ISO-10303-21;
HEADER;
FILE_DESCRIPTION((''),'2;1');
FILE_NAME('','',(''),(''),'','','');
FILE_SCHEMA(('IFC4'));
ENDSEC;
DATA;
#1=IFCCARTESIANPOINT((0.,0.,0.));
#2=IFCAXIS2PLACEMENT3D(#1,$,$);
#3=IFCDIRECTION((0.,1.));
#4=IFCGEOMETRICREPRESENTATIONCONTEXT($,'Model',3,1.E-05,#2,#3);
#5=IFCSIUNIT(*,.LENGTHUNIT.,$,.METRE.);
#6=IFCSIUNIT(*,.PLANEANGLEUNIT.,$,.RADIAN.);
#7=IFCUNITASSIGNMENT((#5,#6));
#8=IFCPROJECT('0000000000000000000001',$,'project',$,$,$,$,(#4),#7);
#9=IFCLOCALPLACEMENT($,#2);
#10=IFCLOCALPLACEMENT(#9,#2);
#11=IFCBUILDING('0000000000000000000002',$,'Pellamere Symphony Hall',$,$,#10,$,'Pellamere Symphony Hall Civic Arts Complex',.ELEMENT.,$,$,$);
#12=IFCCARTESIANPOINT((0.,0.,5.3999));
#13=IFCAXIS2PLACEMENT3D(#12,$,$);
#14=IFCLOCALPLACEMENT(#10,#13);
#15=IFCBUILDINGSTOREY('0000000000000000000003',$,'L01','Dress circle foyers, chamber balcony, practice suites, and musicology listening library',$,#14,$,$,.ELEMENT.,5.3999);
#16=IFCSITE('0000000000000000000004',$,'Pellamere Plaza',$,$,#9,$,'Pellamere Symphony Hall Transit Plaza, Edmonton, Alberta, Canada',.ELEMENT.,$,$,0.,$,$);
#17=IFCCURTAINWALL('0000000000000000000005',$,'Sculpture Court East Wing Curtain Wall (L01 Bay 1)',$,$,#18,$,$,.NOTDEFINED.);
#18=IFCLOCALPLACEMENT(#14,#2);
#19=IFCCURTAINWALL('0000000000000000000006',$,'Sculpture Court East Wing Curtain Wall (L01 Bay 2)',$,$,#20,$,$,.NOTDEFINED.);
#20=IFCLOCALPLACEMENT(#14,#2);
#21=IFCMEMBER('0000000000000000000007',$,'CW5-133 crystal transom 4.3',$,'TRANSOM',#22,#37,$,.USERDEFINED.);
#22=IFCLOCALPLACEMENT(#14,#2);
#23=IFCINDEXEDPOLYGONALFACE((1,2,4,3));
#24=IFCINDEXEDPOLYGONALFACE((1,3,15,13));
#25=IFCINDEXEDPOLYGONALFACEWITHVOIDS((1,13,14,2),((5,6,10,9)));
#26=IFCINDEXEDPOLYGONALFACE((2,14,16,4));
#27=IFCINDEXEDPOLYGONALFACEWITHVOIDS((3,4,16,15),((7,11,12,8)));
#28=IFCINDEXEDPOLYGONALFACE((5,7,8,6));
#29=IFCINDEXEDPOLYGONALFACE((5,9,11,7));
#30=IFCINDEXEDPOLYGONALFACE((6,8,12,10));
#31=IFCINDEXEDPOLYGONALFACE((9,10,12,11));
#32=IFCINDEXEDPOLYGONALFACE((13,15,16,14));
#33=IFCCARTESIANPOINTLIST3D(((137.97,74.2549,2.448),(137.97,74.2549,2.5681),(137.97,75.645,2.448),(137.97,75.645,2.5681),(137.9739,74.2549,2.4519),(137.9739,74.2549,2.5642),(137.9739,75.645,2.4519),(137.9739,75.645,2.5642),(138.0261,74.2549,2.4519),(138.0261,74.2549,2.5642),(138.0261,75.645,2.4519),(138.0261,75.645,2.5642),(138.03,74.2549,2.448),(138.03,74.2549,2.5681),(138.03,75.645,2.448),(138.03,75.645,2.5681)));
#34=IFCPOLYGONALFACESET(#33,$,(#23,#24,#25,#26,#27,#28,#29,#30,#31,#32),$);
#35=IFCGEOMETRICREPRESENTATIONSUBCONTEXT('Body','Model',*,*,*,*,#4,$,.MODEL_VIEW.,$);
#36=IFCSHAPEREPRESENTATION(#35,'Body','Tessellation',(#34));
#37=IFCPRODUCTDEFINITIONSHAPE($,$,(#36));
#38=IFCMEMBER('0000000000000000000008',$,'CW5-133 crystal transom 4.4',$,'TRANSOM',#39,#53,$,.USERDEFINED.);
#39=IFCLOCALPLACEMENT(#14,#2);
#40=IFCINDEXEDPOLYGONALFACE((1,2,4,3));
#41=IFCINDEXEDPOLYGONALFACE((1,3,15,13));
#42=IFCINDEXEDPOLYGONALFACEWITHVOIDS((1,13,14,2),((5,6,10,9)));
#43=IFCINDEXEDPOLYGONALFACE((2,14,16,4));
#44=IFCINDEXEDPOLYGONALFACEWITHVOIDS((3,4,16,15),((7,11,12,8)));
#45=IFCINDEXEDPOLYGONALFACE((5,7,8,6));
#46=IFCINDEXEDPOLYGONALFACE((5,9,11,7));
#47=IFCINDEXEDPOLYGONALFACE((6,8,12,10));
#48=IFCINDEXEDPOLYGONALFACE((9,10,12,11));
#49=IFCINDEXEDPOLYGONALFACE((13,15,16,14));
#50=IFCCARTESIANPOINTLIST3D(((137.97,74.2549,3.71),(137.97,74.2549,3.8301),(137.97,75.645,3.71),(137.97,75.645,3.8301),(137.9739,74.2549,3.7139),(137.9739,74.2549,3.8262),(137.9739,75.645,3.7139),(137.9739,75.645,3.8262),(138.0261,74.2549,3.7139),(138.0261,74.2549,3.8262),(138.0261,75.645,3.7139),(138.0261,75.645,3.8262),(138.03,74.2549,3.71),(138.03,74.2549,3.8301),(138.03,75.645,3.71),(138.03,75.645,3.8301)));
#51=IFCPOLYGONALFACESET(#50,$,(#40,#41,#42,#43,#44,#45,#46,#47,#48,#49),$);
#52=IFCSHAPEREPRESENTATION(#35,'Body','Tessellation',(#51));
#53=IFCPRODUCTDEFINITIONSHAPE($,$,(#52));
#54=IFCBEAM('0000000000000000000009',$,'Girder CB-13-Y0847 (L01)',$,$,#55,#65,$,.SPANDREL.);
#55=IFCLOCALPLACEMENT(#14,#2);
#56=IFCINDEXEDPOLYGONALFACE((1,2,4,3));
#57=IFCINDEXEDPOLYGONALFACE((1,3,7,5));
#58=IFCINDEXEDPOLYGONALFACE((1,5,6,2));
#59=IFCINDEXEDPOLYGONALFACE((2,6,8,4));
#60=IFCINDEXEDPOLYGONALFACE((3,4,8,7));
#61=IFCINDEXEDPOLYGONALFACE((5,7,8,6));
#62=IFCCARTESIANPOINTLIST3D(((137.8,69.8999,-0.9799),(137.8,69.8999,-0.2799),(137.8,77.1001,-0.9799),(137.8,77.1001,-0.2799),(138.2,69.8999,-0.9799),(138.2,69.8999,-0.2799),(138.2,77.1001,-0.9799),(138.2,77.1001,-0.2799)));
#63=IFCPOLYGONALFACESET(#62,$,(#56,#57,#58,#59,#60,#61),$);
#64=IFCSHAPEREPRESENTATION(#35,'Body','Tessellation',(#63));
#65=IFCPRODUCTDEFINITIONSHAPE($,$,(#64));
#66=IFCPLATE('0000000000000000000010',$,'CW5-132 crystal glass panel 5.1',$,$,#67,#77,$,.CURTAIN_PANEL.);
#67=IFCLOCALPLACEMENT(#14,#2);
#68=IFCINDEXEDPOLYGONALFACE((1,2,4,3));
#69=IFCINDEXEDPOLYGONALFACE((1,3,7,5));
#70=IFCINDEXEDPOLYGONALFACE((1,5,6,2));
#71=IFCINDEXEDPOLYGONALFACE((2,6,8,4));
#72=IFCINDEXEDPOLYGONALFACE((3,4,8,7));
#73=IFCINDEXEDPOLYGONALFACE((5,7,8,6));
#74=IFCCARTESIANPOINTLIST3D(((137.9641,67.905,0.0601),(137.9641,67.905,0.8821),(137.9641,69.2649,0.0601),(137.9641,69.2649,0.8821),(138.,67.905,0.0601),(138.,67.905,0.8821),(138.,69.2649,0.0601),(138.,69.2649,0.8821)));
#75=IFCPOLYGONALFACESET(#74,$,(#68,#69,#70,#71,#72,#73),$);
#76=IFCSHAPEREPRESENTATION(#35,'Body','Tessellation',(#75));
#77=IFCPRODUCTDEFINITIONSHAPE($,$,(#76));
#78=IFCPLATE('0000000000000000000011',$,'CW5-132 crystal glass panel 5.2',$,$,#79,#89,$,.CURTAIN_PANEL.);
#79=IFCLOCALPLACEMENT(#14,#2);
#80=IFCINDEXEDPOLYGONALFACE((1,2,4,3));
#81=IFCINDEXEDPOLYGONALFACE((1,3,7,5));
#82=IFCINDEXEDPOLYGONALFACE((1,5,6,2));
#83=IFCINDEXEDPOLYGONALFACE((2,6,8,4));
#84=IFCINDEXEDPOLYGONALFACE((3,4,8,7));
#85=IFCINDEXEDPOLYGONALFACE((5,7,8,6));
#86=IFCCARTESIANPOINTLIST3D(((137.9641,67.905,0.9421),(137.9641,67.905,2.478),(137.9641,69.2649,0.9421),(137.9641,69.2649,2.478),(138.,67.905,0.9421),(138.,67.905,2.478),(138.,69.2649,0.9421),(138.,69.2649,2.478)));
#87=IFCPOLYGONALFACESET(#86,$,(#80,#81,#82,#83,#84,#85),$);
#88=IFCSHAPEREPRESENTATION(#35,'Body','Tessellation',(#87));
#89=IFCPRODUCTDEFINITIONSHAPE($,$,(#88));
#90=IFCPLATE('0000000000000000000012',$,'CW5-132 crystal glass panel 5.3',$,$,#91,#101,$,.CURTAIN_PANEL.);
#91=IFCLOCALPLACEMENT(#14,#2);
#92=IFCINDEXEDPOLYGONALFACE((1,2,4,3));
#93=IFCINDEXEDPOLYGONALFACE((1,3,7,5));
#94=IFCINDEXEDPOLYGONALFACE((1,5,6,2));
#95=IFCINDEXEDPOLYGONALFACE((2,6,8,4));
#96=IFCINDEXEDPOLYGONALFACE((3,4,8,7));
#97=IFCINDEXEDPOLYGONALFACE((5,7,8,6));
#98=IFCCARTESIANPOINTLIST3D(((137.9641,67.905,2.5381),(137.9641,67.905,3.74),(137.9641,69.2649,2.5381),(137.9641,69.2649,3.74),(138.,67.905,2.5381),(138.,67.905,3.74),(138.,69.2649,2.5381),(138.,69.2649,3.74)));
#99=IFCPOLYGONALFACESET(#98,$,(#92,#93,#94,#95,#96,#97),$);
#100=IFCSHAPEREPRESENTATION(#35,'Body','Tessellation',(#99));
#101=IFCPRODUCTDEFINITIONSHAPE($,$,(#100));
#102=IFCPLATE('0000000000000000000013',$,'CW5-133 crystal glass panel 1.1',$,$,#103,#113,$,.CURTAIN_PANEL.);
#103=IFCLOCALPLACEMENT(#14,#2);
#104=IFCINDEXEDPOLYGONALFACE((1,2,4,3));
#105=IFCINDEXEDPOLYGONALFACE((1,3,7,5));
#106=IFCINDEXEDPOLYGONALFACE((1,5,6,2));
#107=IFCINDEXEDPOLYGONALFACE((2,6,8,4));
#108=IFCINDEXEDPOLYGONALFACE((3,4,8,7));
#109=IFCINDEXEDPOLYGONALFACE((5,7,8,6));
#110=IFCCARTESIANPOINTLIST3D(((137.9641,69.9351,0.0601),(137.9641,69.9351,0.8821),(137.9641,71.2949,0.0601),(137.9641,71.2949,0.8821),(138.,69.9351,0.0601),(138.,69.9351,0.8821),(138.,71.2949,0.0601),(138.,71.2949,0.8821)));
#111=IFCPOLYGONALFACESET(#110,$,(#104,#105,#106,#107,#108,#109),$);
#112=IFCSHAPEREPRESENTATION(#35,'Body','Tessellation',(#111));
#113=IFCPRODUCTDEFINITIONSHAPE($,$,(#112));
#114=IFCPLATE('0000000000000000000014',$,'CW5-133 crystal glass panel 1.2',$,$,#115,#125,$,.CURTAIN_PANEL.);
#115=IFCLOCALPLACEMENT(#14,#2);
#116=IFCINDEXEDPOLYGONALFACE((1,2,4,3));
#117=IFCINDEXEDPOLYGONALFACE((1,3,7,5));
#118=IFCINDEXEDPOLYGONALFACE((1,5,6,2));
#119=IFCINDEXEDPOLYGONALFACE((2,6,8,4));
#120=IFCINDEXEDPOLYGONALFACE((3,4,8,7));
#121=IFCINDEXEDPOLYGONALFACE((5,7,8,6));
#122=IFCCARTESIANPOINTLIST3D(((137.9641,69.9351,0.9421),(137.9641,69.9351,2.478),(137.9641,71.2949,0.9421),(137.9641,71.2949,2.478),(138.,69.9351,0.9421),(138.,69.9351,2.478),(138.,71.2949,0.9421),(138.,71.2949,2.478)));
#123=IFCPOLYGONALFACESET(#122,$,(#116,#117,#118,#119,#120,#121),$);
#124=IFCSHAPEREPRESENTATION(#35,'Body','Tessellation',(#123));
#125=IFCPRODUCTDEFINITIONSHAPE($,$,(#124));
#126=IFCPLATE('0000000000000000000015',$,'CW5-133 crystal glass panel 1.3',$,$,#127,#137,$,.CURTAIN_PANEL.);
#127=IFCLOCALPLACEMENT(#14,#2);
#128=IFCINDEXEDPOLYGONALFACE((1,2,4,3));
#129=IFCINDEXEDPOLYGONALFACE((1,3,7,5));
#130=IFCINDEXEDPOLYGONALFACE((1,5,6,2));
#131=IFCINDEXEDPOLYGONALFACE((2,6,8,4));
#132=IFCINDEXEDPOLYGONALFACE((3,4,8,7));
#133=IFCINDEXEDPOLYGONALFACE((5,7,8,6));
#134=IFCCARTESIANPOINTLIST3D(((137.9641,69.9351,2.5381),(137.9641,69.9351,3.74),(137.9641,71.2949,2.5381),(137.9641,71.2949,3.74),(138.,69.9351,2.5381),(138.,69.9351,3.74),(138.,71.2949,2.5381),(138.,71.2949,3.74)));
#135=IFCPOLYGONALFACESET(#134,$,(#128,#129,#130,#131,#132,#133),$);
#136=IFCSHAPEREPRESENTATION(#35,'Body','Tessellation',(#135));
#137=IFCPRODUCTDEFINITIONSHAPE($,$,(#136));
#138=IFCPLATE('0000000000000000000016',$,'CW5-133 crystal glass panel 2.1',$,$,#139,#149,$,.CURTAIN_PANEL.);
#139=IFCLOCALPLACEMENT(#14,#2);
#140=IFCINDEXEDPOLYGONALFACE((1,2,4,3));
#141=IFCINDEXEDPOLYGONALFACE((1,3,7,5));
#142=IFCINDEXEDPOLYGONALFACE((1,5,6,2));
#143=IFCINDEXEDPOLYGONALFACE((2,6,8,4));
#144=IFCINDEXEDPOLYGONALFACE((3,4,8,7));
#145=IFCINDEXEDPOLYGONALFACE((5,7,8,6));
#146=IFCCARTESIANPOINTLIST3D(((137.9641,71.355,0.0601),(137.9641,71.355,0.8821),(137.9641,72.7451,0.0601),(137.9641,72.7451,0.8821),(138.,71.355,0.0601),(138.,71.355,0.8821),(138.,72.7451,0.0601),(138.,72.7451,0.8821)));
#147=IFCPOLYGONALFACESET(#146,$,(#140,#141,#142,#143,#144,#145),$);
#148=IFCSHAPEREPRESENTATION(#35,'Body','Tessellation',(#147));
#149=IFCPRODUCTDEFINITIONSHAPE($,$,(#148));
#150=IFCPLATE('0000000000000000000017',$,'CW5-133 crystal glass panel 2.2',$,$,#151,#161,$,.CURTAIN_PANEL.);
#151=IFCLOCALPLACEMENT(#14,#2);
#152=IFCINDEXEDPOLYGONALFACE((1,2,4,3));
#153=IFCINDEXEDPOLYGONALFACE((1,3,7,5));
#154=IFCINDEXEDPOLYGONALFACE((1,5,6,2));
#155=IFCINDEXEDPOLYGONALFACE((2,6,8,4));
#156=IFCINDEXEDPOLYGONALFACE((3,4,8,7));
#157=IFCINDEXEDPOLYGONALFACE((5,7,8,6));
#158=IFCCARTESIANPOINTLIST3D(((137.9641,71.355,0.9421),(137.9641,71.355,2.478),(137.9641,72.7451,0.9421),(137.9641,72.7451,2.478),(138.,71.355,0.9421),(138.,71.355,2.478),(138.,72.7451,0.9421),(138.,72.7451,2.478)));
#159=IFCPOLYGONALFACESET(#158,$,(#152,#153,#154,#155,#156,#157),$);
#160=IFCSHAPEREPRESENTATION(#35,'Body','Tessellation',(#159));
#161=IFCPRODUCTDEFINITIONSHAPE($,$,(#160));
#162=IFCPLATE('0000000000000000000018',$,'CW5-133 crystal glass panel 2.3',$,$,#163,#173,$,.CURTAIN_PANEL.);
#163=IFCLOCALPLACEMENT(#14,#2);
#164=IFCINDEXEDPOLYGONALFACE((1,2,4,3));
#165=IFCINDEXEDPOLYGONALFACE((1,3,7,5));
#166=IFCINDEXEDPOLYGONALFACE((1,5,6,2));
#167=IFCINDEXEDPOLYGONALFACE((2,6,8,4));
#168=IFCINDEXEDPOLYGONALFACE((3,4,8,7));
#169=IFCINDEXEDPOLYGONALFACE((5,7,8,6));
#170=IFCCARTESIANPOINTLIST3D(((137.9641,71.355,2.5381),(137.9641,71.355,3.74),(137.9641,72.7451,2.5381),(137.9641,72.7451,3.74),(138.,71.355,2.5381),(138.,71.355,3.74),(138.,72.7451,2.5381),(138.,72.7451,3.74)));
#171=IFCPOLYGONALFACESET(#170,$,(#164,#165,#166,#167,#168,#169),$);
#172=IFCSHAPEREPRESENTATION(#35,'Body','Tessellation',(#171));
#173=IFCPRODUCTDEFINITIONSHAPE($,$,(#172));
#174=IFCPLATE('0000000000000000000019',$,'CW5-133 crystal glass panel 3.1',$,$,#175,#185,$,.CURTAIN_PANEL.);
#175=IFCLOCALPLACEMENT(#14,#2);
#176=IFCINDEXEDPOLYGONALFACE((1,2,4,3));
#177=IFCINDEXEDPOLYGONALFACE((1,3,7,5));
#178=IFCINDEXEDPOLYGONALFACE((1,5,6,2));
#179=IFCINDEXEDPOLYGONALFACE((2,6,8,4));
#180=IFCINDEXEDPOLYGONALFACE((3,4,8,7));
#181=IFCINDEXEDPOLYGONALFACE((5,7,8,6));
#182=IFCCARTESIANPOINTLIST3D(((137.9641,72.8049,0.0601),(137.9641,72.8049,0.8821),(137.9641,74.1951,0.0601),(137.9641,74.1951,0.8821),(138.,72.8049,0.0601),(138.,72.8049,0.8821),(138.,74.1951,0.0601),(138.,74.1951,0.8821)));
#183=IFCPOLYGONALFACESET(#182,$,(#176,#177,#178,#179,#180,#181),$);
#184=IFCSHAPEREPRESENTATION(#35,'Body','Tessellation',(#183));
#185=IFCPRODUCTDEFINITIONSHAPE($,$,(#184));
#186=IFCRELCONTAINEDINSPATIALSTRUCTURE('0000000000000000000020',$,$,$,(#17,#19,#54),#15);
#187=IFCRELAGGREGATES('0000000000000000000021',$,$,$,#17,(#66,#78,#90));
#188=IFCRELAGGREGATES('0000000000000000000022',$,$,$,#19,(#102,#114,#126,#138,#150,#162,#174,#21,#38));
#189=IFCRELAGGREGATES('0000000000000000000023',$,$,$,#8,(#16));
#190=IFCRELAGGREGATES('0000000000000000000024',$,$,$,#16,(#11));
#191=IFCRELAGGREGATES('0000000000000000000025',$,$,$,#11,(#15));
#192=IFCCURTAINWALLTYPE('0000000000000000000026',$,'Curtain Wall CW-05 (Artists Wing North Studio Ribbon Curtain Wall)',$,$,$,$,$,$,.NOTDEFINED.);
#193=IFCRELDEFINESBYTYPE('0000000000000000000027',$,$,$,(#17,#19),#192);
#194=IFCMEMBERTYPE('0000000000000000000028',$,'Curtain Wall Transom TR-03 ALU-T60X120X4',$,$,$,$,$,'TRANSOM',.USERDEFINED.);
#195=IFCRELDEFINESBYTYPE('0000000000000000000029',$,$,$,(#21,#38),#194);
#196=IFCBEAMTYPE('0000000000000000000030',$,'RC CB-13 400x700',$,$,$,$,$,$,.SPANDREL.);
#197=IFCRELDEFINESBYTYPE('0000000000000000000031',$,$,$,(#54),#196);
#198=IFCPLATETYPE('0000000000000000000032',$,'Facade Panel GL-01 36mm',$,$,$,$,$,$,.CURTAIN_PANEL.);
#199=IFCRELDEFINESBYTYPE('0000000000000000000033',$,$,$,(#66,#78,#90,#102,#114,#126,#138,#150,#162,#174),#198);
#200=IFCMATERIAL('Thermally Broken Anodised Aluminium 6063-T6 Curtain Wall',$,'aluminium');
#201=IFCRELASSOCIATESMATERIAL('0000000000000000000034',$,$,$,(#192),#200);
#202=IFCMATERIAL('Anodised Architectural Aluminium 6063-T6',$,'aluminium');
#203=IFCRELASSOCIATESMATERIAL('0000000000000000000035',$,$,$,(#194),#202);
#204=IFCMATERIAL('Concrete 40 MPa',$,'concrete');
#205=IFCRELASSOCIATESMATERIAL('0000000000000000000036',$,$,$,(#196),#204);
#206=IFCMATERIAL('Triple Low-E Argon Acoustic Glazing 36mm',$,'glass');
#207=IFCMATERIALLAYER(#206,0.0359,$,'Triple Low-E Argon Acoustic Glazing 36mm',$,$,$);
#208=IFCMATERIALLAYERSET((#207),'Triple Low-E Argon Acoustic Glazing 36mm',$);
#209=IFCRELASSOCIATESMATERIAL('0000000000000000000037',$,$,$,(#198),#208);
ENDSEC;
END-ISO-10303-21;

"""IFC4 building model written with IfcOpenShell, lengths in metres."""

from ifc_helpers import new_model, si_unit, direction, frame, origin, origin_2d, place, context, subcontext, project, spatial, polyline, rectangle, hollow_rectangle, outline, extrude, material, layer, layer_set, material_profile, profile_set, type_object, element, aggregate, save


model = new_model("IFC4")

# Units and contexts
model_context = context("Model", 3, precision=1e-05, world=origin(), true_north=direction((0.0, 1.0)))
body_context = subcontext(model_context, "Body", "Model", "MODEL_VIEW")
ifc_project = project(units=[si_unit("LENGTHUNIT", "METRE"), si_unit("PLANEANGLEUNIT", "RADIAN")], contexts=[model_context])

# Site, building, storey
site_placement = place(None, origin())
site = spatial("IfcSite", under=ifc_project, at=site_placement, Name="Pellamere Plaza", LongName="Pellamere Symphony Hall Transit Plaza, Edmonton, Alberta, Canada", CompositionType="ELEMENT", RefElevation=0.0)
building_placement = place(site_placement, origin())
building = spatial("IfcBuilding", under=site, at=building_placement, Name="Pellamere Symphony Hall", LongName="Pellamere Symphony Hall Civic Arts Complex", CompositionType="ELEMENT")
storey_placement = place(building_placement, frame((0.0, 0.0, 5.3999)))
storey = spatial("IfcBuildingStorey", under=building, at=storey_placement, Name="L01", Description="Dress circle foyers, chamber balcony, practice suites, and musicology listening library", CompositionType="ELEMENT", Elevation=5.3999)

# Shared definitions
ifc_material_1 = material(Name="Concrete 40 MPa", Category="concrete")

# Curtain wall
ifc_material_2 = material(Name="Thermally Broken Anodised Aluminium 6063-T6 Curtain Wall", Category="aluminium")
curtain_wall_type = type_object("IfcCurtainWallType", Name="Curtain Wall CW-05 (Artists Wing North Studio Ribbon Curtain Wall)", PredefinedType="NOTDEFINED", material=ifc_material_2)
curtain_wall_1_placement = place(storey_placement, origin())
curtain_wall_1 = element("IfcCurtainWall", 1, at=curtain_wall_1_placement, inside=storey, type_object=curtain_wall_type, Name="Sculpture Court East Wing Curtain Wall (L01 Bay 1)", PredefinedType="NOTDEFINED")
ifc_material_3 = material(Name="Anodised Architectural Aluminium 6063-T6", Category="aluminium")

# Curtain wall
curtain_wall_2_placement = place(storey_placement, origin())
curtain_wall_2 = element("IfcCurtainWall", 2, at=curtain_wall_2_placement, inside=storey, type_object=curtain_wall_type, Name="Sculpture Court East Wing Curtain Wall (L01 Bay 2)", PredefinedType="NOTDEFINED")

# Members
ifc_material_profile_1 = material_profile(ifc_material_3, hollow_rectangle(XDim=0.0601, YDim=0.1201, WallThickness=0.0039, at=origin_2d()), Name="ALU-T60X120X4")
ifc_profile_set_1 = profile_set([ifc_material_profile_1], Name="Anodised Architectural Aluminium 6063-T6")
member_type_1 = type_object("IfcMemberType", Name="Curtain Wall Transom TR-03 ALU-T60X120X4", ElementType="TRANSOM", PredefinedType="USERDEFINED", material=ifc_profile_set_1)
member_1_placement = place(storey_placement, frame((138.0, 74.2549, 2.5081), z_axis=(0.0, 1.0, 0.0), x_axis=(-1.0, 0.0, 0.0)))
member_1 = element("IfcMember", 3, at=member_1_placement, type_object=member_type_1, Name="CW5-133 crystal transom 4.3", ObjectType="TRANSOM", PredefinedType="USERDEFINED", context=body_context, shape_type="SweptSolid", body=[
    extrude(hollow_rectangle(XDim=0.0601, YDim=0.1201, WallThickness=0.0039, at=origin_2d()), origin(), (0.0, 0.0, 1.0), 1.3901),
])
member_2_placement = place(storey_placement, frame((138.0, 74.2549, 3.77), z_axis=(0.0, 1.0, 0.0), x_axis=(-1.0, 0.0, 0.0)))
member_2 = element("IfcMember", 4, at=member_2_placement, type_object=member_type_1, Name="CW5-133 crystal transom 4.4", ObjectType="TRANSOM", PredefinedType="USERDEFINED", context=body_context, shape_type="SweptSolid", body=[
    extrude(hollow_rectangle(XDim=0.0601, YDim=0.1201, WallThickness=0.0039, at=origin_2d()), origin(), (0.0, 0.0, 1.0), 1.3901),
])

# Beam
ifc_material_profile_2 = material_profile(ifc_material_1, rectangle(XDim=0.3999, YDim=0.7, at=origin_2d()), Name="RC 400x700")
ifc_profile_set_2 = profile_set([ifc_material_profile_2], Name="Concrete 40 MPa")
beam_type = type_object("IfcBeamType", Name="RC CB-13 400x700", PredefinedType="SPANDREL", material=ifc_profile_set_2)
beam_placement = place(storey_placement, frame((138.0, 69.8999, -0.6299), z_axis=(0.0, 1.0, 0.0), x_axis=(-1.0, 0.0, 0.0)))
element("IfcBeam", 5, at=beam_placement, inside=storey, type_object=beam_type, Name="Girder CB-13-Y0847 (L01)", PredefinedType="SPANDREL", context=body_context, shape_type="SweptSolid", body=[
    extrude(rectangle(XDim=0.3999, YDim=0.7, at=origin_2d()), origin(), (0.0, 0.0, 1.0), 7.2002),
])

# Plates
ifc_material_4 = material(Name="Triple Low-E Argon Acoustic Glazing 36mm", Category="glass")
ifc_layer = layer(ifc_material_4, 0.0359, Name="Triple Low-E Argon Acoustic Glazing 36mm")
ifc_layer_set = layer_set([ifc_layer], Name="Triple Low-E Argon Acoustic Glazing 36mm")
plate_type = type_object("IfcPlateType", Name="Facade Panel GL-01 36mm", PredefinedType="CURTAIN_PANEL", material=ifc_layer_set)
plate_1_placement = place(storey_placement, frame((138.0, 67.905, 0.0601), z_axis=(1.0, 0.0, 0.0), x_axis=(0.0, 1.0, 0.0)))
plate_1 = element("IfcPlate", 6, at=plate_1_placement, type_object=plate_type, Name="CW5-132 crystal glass panel 5.1", PredefinedType="CURTAIN_PANEL", context=body_context, shape_type="SweptSolid", body=[
    extrude(outline(polyline([(0.0, 0.0), (1.3599, 0.0), (1.3599, 0.822), (0.0, 0.822), (0.0, 0.0)])), origin(), (0.0, 0.0, -1.0), 0.0359),
])
plate_2_placement = place(storey_placement, frame((138.0, 67.905, 0.9421), z_axis=(1.0, 0.0, 0.0), x_axis=(0.0, 1.0, 0.0)))
plate_2 = element("IfcPlate", 7, at=plate_2_placement, type_object=plate_type, Name="CW5-132 crystal glass panel 5.2", PredefinedType="CURTAIN_PANEL", context=body_context, shape_type="SweptSolid", body=[
    extrude(outline(polyline([(0.0, 0.0), (1.3599, 0.0), (1.3599, 1.5359), (0.0, 1.5359), (0.0, 0.0)])), origin(), (0.0, 0.0, -1.0), 0.0359),
])
plate_3_placement = place(storey_placement, frame((138.0, 67.905, 2.5381), z_axis=(1.0, 0.0, 0.0), x_axis=(0.0, 1.0, 0.0)))
plate_3 = element("IfcPlate", 8, at=plate_3_placement, type_object=plate_type, Name="CW5-132 crystal glass panel 5.3", PredefinedType="CURTAIN_PANEL", context=body_context, shape_type="SweptSolid", body=[
    extrude(outline(polyline([(0.0, 0.0), (1.3599, 0.0), (1.3599, 1.2019), (0.0, 1.2019), (0.0, 0.0)])), origin(), (0.0, 0.0, -1.0), 0.0359),
])
aggregate(curtain_wall_1, [plate_1, plate_2, plate_3])
plate_4_placement = place(storey_placement, frame((138.0, 69.9351, 0.0601), z_axis=(1.0, 0.0, 0.0), x_axis=(0.0, 1.0, 0.0)))
plate_4 = element("IfcPlate", 9, at=plate_4_placement, type_object=plate_type, Name="CW5-133 crystal glass panel 1.1", PredefinedType="CURTAIN_PANEL", context=body_context, shape_type="SweptSolid", body=[
    extrude(outline(polyline([(0.0, 0.0), (1.3599, 0.0), (1.3599, 0.822), (0.0, 0.822), (0.0, 0.0)])), origin(), (0.0, 0.0, -1.0), 0.0359),
])
plate_5_placement = place(storey_placement, frame((138.0, 69.9351, 0.9421), z_axis=(1.0, 0.0, 0.0), x_axis=(0.0, 1.0, 0.0)))
plate_5 = element("IfcPlate", 10, at=plate_5_placement, type_object=plate_type, Name="CW5-133 crystal glass panel 1.2", PredefinedType="CURTAIN_PANEL", context=body_context, shape_type="SweptSolid", body=[
    extrude(outline(polyline([(0.0, 0.0), (1.3599, 0.0), (1.3599, 1.5359), (0.0, 1.5359), (0.0, 0.0)])), origin(), (0.0, 0.0, -1.0), 0.0359),
])
plate_6_placement = place(storey_placement, frame((138.0, 69.9351, 2.5381), z_axis=(1.0, 0.0, 0.0), x_axis=(0.0, 1.0, 0.0)))
plate_6 = element("IfcPlate", 11, at=plate_6_placement, type_object=plate_type, Name="CW5-133 crystal glass panel 1.3", PredefinedType="CURTAIN_PANEL", context=body_context, shape_type="SweptSolid", body=[
    extrude(outline(polyline([(0.0, 0.0), (1.3599, 0.0), (1.3599, 1.2019), (0.0, 1.2019), (0.0, 0.0)])), origin(), (0.0, 0.0, -1.0), 0.0359),
])
plate_7_placement = place(storey_placement, frame((138.0, 71.355, 0.0601), z_axis=(1.0, 0.0, 0.0), x_axis=(0.0, 1.0, 0.0)))
plate_7 = element("IfcPlate", 12, at=plate_7_placement, type_object=plate_type, Name="CW5-133 crystal glass panel 2.1", PredefinedType="CURTAIN_PANEL", context=body_context, shape_type="SweptSolid", body=[
    extrude(outline(polyline([(0.0, 0.0), (1.3901, 0.0), (1.3901, 0.822), (0.0, 0.822), (0.0, 0.0)])), origin(), (0.0, 0.0, -1.0), 0.0359),
])
plate_8_placement = place(storey_placement, frame((138.0, 71.355, 0.9421), z_axis=(1.0, 0.0, 0.0), x_axis=(0.0, 1.0, 0.0)))
plate_8 = element("IfcPlate", 13, at=plate_8_placement, type_object=plate_type, Name="CW5-133 crystal glass panel 2.2", PredefinedType="CURTAIN_PANEL", context=body_context, shape_type="SweptSolid", body=[
    extrude(outline(polyline([(0.0, 0.0), (1.3901, 0.0), (1.3901, 1.5359), (0.0, 1.5359), (0.0, 0.0)])), origin(), (0.0, 0.0, -1.0), 0.0359),
])
plate_9_placement = place(storey_placement, frame((138.0, 71.355, 2.5381), z_axis=(1.0, 0.0, 0.0), x_axis=(0.0, 1.0, 0.0)))
plate_9 = element("IfcPlate", 14, at=plate_9_placement, type_object=plate_type, Name="CW5-133 crystal glass panel 2.3", PredefinedType="CURTAIN_PANEL", context=body_context, shape_type="SweptSolid", body=[
    extrude(outline(polyline([(0.0, 0.0), (1.3901, 0.0), (1.3901, 1.2019), (0.0, 1.2019), (0.0, 0.0)])), origin(), (0.0, 0.0, -1.0), 0.0359),
])
plate_10_placement = place(storey_placement, frame((138.0, 72.8049, 0.0601), z_axis=(1.0, 0.0, 0.0), x_axis=(0.0, 1.0, 0.0)))
plate_10 = element("IfcPlate", 15, at=plate_10_placement, type_object=plate_type, Name="CW5-133 crystal glass panel 3.1", PredefinedType="CURTAIN_PANEL", context=body_context, shape_type="SweptSolid", body=[
    extrude(outline(polyline([(0.0, 0.0), (1.3901, 0.0), (1.3901, 0.822), (0.0, 0.822), (0.0, 0.0)])), origin(), (0.0, 0.0, -1.0), 0.0359),
])
aggregate(curtain_wall_2, [plate_4, plate_5, plate_6, plate_7, plate_8, plate_9, plate_10, member_1, member_2])

save(model, "model.ifc")
